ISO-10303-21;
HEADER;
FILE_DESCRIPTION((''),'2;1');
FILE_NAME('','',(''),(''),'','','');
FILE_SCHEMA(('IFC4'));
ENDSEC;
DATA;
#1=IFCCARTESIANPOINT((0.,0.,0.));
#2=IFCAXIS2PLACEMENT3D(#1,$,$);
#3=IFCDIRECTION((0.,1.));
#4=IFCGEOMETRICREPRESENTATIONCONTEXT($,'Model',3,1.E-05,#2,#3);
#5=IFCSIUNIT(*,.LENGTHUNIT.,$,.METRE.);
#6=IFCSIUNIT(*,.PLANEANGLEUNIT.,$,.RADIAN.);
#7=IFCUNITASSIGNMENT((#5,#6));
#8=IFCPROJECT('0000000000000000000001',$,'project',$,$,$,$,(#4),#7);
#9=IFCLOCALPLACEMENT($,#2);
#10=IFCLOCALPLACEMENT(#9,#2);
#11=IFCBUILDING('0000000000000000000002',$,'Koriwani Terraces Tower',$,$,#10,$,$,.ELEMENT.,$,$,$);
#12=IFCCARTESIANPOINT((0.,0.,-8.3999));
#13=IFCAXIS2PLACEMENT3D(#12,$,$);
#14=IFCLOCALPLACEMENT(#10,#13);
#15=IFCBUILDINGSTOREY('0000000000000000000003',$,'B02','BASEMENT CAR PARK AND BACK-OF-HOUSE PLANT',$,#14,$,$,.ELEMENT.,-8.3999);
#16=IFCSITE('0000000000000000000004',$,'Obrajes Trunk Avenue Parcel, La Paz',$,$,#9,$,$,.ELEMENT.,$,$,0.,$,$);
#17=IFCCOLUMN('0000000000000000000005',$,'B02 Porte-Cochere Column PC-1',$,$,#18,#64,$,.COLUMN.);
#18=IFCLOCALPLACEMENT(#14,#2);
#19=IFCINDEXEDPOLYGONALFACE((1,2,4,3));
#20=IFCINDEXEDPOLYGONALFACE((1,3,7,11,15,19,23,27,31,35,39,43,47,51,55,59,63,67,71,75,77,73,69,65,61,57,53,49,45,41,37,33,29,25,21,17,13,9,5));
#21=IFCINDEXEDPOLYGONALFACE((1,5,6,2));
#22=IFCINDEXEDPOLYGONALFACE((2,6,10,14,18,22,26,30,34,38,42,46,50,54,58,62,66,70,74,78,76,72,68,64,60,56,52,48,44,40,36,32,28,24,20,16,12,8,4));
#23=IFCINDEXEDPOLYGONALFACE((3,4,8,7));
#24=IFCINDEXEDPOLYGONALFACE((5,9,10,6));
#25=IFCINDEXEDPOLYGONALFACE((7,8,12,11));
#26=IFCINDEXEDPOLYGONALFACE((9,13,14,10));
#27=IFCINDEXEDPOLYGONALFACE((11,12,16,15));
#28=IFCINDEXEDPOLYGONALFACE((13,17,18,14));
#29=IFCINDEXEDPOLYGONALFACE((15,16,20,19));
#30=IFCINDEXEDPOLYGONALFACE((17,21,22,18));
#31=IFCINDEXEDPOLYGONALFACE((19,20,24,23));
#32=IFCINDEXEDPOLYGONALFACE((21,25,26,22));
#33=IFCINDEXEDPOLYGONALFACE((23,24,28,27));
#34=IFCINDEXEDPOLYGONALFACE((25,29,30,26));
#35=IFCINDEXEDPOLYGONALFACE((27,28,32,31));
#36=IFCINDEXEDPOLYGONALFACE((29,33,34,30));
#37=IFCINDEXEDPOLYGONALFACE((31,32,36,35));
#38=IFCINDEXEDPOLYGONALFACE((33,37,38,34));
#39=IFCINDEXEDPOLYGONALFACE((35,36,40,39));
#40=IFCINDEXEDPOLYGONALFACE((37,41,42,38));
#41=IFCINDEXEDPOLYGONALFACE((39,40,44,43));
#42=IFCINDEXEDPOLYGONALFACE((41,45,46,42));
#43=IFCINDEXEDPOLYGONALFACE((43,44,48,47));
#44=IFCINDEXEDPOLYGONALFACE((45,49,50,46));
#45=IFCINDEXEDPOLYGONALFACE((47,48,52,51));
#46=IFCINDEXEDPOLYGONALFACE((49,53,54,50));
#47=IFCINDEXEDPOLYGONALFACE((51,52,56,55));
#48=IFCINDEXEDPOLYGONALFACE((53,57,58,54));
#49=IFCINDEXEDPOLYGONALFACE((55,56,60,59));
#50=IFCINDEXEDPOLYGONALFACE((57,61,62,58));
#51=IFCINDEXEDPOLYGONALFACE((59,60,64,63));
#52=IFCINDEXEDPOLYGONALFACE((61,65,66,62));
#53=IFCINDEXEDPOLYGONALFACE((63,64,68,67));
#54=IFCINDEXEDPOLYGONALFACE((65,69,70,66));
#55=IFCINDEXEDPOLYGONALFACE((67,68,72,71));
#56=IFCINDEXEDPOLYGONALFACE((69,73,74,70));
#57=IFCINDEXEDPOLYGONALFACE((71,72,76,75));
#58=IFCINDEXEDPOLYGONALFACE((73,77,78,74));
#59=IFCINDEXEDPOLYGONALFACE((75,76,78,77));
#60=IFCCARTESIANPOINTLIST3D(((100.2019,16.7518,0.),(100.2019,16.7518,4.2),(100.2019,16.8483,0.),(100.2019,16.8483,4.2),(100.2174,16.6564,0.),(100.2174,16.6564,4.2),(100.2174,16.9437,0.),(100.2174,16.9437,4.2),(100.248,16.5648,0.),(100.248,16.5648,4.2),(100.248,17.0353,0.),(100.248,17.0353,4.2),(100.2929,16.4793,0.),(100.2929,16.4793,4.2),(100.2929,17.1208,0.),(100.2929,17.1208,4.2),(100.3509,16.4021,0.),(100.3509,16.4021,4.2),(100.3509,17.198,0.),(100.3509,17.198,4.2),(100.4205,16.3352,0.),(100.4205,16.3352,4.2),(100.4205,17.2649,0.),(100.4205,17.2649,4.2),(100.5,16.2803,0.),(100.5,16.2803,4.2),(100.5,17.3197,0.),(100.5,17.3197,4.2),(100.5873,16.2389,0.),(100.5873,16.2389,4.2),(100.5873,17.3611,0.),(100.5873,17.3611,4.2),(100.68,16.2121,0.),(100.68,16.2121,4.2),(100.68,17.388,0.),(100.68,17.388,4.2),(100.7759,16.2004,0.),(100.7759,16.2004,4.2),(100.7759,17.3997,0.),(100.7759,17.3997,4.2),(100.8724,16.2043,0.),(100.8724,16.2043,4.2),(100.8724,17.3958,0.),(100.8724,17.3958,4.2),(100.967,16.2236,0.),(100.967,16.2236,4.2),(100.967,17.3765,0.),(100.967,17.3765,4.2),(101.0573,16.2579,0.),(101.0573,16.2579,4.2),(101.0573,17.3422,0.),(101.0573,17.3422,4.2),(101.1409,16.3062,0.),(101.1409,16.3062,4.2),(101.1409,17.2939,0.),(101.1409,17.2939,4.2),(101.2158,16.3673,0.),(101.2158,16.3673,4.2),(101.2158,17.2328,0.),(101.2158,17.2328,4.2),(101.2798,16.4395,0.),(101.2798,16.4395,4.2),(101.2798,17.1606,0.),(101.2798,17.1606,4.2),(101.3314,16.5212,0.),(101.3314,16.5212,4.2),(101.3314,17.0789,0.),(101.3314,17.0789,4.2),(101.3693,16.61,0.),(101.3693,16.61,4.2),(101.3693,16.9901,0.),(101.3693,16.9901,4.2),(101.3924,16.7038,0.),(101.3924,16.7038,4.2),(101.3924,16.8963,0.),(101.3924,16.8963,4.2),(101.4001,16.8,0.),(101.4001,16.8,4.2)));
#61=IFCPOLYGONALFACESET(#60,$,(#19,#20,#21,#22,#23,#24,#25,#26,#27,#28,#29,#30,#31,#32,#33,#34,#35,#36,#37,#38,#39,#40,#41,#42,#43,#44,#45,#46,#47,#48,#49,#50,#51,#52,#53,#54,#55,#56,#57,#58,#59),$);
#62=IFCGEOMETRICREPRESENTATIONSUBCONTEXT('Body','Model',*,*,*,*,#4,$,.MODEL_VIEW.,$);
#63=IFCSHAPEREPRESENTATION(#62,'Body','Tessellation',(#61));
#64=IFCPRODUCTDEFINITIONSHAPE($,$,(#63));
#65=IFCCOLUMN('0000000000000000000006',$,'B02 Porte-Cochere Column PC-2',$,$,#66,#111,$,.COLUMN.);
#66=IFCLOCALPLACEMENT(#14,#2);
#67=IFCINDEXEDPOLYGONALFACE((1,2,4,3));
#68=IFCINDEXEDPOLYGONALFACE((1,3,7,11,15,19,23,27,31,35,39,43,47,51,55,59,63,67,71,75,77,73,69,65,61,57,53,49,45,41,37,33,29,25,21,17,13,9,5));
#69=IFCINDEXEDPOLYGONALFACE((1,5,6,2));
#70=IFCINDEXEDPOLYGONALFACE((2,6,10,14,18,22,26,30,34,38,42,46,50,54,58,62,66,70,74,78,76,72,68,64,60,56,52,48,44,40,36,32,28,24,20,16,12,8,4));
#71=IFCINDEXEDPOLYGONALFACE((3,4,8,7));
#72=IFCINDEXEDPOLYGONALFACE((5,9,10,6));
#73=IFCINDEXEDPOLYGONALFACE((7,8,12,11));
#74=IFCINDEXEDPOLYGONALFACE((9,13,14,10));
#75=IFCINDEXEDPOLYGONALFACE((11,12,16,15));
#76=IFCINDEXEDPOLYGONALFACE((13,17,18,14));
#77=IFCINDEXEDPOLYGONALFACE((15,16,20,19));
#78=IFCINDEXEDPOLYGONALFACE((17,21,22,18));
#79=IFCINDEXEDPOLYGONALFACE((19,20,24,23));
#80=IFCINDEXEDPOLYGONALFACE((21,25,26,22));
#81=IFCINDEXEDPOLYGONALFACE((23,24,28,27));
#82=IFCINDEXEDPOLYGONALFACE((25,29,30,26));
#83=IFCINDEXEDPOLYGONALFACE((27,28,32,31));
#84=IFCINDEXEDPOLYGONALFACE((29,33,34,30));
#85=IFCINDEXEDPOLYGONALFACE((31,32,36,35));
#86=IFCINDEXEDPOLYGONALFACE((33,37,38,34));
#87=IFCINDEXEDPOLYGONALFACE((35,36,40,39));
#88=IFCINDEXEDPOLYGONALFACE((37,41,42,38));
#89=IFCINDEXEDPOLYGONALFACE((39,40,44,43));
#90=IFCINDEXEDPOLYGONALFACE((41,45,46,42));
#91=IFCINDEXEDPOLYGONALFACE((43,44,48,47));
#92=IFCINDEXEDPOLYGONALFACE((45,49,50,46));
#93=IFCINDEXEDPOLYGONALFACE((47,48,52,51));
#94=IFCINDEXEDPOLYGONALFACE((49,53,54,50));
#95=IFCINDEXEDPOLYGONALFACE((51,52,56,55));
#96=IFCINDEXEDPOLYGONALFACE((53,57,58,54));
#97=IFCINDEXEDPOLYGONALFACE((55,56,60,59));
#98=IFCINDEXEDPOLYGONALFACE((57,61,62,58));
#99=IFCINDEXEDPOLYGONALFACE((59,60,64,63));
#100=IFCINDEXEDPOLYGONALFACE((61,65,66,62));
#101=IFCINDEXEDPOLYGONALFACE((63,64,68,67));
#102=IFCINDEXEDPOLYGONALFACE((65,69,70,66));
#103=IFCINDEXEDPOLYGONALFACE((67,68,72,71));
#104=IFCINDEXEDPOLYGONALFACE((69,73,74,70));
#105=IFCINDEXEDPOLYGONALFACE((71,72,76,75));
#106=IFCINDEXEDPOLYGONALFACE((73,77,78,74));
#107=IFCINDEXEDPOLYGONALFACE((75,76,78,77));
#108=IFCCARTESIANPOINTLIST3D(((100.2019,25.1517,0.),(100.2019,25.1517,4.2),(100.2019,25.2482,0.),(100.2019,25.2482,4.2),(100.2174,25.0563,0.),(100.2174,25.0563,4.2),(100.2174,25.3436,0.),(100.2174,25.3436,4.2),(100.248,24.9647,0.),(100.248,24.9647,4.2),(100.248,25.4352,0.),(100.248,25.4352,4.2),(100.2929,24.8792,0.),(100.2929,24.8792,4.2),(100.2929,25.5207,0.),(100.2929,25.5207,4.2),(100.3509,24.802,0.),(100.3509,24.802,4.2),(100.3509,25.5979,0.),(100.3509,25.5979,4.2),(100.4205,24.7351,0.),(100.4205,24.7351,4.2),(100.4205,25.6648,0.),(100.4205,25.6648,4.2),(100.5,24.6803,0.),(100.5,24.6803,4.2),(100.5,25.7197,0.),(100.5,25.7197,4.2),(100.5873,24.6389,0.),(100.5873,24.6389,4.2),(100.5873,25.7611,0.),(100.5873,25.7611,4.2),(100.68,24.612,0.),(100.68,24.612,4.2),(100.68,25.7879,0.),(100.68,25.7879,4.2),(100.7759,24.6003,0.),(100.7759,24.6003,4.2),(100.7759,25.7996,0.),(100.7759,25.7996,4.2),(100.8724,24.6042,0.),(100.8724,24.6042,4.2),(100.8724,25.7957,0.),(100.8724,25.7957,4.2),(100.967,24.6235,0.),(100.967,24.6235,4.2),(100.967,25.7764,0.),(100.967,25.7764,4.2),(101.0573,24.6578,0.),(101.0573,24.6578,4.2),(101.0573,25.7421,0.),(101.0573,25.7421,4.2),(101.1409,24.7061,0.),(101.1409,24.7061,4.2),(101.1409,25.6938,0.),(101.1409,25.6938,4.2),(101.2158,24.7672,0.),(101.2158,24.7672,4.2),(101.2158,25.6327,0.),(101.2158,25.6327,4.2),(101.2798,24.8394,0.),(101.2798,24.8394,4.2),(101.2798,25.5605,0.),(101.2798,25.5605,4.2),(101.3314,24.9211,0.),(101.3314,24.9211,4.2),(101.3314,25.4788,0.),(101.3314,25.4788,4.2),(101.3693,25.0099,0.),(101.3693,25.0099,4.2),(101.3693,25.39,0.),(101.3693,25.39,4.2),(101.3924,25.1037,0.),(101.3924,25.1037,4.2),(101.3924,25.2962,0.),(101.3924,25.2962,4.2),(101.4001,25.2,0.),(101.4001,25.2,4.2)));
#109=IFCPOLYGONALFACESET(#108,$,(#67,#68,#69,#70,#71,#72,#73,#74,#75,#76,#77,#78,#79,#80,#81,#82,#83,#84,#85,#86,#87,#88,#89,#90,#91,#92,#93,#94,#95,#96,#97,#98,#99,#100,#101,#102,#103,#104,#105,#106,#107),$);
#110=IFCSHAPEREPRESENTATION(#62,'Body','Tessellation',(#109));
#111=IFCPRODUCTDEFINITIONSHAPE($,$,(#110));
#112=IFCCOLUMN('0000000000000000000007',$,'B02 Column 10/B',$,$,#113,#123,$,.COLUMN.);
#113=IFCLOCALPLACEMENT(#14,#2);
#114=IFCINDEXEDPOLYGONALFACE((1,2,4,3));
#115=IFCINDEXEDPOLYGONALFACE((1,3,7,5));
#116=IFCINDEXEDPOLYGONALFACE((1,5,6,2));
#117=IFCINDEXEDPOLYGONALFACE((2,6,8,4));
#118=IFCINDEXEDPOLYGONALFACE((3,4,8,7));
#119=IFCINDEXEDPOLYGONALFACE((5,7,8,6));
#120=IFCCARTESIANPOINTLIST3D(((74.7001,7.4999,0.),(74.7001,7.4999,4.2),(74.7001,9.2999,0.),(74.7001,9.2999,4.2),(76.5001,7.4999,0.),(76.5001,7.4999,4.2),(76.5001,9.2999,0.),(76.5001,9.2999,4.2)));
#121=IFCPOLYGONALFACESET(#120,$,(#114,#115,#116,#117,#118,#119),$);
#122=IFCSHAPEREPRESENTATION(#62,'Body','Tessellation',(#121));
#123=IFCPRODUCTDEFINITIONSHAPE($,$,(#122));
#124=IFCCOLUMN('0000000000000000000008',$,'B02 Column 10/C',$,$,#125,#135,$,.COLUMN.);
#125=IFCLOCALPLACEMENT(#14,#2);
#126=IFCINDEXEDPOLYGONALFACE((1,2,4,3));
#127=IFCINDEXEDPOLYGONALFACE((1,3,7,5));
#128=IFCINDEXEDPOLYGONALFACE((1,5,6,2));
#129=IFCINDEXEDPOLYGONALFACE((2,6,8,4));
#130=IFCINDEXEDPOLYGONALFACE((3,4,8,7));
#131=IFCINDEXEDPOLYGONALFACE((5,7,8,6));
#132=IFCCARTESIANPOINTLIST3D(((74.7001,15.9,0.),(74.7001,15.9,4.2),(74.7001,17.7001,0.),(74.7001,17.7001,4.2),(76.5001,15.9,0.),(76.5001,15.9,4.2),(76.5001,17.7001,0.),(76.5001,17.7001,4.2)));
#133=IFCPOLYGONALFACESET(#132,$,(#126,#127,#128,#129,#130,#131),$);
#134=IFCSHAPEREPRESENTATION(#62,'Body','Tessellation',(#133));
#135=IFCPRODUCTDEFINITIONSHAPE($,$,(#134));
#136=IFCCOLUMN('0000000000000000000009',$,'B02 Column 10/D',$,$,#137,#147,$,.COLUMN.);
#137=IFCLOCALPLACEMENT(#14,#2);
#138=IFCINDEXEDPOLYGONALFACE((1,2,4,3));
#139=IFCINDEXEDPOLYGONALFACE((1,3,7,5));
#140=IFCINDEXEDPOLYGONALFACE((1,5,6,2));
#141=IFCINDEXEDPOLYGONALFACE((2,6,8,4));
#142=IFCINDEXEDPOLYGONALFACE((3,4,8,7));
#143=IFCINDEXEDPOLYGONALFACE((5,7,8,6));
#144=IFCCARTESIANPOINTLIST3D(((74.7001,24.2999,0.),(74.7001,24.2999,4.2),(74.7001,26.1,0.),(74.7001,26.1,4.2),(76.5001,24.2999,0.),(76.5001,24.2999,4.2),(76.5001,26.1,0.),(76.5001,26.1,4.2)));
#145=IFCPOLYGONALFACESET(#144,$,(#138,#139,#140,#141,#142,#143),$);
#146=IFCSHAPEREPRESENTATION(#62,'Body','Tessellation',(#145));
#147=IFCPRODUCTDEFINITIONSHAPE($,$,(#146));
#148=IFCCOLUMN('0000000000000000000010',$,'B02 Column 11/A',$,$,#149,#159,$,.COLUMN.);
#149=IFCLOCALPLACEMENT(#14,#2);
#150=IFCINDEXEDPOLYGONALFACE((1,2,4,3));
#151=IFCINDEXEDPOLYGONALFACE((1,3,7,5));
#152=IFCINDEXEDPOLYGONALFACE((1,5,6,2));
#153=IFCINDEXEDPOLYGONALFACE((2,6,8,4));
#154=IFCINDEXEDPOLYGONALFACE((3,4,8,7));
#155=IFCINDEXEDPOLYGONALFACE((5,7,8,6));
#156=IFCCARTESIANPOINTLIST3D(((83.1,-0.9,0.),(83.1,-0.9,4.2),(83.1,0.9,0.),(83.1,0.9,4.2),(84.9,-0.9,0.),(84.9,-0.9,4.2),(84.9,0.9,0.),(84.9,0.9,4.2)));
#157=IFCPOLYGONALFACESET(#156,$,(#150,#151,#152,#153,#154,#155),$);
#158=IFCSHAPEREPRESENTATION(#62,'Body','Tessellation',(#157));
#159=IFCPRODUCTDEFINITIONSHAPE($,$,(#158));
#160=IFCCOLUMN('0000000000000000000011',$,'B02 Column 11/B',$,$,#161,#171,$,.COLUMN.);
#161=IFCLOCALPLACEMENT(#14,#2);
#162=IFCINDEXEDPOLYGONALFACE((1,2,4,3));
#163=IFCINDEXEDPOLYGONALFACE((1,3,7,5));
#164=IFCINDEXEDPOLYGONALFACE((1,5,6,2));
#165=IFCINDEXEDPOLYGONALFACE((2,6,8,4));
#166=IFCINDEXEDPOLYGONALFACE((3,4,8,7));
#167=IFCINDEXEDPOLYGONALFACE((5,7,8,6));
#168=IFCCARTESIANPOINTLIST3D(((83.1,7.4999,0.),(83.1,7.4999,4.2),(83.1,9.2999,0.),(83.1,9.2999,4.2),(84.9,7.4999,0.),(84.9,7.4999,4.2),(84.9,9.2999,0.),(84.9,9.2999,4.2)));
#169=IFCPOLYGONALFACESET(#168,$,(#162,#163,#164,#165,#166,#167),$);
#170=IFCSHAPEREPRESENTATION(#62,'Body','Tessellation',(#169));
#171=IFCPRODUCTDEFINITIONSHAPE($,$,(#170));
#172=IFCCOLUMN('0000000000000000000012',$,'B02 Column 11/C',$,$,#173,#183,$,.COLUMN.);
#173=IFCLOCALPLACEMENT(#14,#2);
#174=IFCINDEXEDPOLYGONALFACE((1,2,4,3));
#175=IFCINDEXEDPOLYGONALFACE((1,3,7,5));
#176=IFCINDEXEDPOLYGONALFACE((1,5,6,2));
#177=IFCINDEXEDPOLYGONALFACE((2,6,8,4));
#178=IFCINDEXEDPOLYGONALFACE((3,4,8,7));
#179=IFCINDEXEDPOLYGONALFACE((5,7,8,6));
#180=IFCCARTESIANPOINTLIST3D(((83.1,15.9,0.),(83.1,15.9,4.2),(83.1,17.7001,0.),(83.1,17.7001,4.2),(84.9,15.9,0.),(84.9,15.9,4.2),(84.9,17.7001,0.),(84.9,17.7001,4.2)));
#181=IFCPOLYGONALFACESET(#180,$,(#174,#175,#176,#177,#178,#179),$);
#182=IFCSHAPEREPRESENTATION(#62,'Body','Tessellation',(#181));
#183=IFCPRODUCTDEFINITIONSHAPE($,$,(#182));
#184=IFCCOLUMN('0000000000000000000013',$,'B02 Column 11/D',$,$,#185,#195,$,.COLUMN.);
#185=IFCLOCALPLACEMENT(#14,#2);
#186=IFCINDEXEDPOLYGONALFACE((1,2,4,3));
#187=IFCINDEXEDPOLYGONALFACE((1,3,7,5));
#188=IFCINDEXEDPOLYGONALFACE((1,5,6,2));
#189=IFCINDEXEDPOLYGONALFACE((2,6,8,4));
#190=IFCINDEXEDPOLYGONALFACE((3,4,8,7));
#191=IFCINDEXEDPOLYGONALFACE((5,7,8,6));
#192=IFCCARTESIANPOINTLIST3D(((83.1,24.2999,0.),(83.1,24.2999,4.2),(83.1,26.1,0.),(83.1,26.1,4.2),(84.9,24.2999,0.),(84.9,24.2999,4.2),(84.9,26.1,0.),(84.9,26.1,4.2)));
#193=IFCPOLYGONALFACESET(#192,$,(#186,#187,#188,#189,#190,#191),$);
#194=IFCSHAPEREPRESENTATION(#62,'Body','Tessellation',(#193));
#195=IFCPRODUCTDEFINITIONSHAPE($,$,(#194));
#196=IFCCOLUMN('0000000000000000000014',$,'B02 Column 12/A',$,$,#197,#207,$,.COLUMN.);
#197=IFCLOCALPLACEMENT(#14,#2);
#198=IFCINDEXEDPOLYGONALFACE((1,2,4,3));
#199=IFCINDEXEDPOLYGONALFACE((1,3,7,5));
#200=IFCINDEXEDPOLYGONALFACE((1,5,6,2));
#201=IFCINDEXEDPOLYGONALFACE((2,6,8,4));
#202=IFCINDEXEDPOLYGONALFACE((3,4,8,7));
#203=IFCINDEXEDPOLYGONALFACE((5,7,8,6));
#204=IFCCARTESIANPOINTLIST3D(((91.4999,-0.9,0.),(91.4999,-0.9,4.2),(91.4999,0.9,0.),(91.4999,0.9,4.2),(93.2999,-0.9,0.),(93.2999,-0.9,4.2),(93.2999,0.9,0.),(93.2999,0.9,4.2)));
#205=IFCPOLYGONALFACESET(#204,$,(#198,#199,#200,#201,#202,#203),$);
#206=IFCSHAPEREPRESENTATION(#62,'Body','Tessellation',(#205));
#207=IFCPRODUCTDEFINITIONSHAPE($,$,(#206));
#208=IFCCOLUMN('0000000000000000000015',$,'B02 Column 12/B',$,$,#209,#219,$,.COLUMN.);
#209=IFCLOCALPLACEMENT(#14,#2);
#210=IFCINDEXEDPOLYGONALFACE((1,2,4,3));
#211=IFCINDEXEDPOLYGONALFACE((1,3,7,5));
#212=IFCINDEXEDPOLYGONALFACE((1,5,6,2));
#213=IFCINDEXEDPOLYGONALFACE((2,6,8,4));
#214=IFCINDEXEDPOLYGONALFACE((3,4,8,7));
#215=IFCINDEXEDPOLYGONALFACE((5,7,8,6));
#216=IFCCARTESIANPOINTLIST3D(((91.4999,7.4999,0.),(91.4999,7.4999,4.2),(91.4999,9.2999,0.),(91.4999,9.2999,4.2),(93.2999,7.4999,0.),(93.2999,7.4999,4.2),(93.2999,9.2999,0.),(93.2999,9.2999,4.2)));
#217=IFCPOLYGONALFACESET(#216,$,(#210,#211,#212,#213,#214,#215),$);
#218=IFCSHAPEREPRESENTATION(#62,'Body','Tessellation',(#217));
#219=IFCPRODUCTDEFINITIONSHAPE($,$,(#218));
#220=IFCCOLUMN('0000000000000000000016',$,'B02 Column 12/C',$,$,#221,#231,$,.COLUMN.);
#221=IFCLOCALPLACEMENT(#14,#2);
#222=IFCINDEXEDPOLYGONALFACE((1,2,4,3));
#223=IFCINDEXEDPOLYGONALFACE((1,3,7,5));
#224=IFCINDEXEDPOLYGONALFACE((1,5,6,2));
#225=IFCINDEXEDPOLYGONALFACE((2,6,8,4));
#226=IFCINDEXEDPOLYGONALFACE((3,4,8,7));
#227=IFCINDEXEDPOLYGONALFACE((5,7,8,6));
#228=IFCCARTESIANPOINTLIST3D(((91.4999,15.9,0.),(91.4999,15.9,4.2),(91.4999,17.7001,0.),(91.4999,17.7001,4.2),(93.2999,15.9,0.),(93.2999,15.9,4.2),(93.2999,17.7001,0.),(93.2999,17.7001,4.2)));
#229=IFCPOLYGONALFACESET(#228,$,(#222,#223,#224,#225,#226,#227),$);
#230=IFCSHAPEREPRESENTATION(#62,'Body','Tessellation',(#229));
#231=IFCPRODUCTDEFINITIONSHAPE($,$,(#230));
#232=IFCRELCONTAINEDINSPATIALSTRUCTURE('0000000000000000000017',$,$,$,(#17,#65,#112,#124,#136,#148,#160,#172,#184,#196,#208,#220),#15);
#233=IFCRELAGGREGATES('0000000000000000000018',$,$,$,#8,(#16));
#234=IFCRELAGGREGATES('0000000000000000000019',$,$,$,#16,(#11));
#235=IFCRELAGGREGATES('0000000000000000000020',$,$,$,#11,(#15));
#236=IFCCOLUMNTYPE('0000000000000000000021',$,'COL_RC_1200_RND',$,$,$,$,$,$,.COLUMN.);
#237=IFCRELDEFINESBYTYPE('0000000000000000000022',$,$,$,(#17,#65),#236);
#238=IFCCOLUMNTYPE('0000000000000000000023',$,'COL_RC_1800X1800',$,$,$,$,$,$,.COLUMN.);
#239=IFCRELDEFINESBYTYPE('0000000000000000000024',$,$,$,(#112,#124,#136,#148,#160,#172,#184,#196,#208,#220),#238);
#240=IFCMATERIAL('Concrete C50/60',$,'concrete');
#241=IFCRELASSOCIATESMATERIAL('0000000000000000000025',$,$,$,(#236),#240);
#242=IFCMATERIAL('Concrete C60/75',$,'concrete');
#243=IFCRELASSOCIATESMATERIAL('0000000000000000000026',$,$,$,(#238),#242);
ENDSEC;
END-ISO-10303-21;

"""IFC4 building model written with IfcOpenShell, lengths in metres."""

from ifc_helpers import new_model, si_unit, direction, frame, origin, origin_2d, place, context, subcontext, project, spatial, rectangle, circle, extrude, material, material_profile, profile_set, type_object, element, save


model = new_model("IFC4")

# Units and contexts
model_context = context("Model", 3, precision=1e-05, world=origin(), true_north=direction((0.0, 1.0)))
body_context = subcontext(model_context, "Body", "Model", "MODEL_VIEW")
ifc_project = project(units=[si_unit("LENGTHUNIT", "METRE"), si_unit("PLANEANGLEUNIT", "RADIAN")], contexts=[model_context])

# Site, building, storey
site_placement = place(None, origin())
site = spatial("IfcSite", under=ifc_project, at=site_placement, Name="Obrajes Trunk Avenue Parcel, La Paz", CompositionType="ELEMENT", RefElevation=0.0)
building_placement = place(site_placement, origin())
building = spatial("IfcBuilding", under=site, at=building_placement, Name="Koriwani Terraces Tower", CompositionType="ELEMENT")
storey_placement = place(building_placement, frame((0.0, 0.0, -8.3999)))
storey = spatial("IfcBuildingStorey", under=building, at=storey_placement, Name="B02", Description="BASEMENT CAR PARK AND BACK-OF-HOUSE PLANT", CompositionType="ELEMENT", Elevation=-8.3999)

# Columns
ifc_material_1 = material(Name="Concrete C50/60", Category="concrete")
ifc_material_profile_1 = material_profile(ifc_material_1, circle(Radius=0.6001, at=origin_2d()), Name="Concrete C50/60", Category="LoadBearing")
ifc_profile_set_1 = profile_set([ifc_material_profile_1], Name="Concrete C50/60")
column_type_1 = type_object("IfcColumnType", Name="COL_RC_1200_RND", PredefinedType="COLUMN", material=ifc_profile_set_1)
for number, where, z_axis, x_axis, name in (
    (1, (100.8, 16.8, 0.0), (0.0, 0.0, 1.0), (1.0, 0.0, 0.0), "B02 Porte-Cochere Column PC-1"),
    (2, (100.8, 25.2, 0.0), (0.0, 0.0, 1.0), (1.0, 0.0, 0.0), "B02 Porte-Cochere Column PC-2"),
):
    element("IfcColumn", number, at=place(storey_placement, frame(where, z_axis=z_axis, x_axis=x_axis)), inside=storey, type_object=column_type_1, Name=name, PredefinedType="COLUMN", context=body_context, shape_type="SweptSolid", body=[
        extrude(circle(Radius=0.6001, at=origin_2d()), origin(), (0.0, 0.0, 1.0), 4.2),
    ])
ifc_material_2 = material(Name="Concrete C60/75", Category="concrete")
ifc_material_profile_2 = material_profile(ifc_material_2, rectangle(XDim=1.8, YDim=1.8, at=origin_2d()), Name="Concrete C60/75", Category="LoadBearing")
ifc_profile_set_2 = profile_set([ifc_material_profile_2], Name="Concrete C60/75")
column_type_2 = type_object("IfcColumnType", Name="COL_RC_1800X1800", PredefinedType="COLUMN", material=ifc_profile_set_2)
for number, where, z_axis, x_axis, name in (
    (3, (75.6001, 8.3999, 0.0), (0.0, 0.0, 1.0), (1.0, 0.0, 0.0), "B02 Column 10/B"),
    (4, (75.6001, 16.8, 0.0), (0.0, 0.0, 1.0), (1.0, 0.0, 0.0), "B02 Column 10/C"),
    (5, (75.6001, 25.2, 0.0), (0.0, 0.0, 1.0), (1.0, 0.0, 0.0), "B02 Column 10/D"),
    (6, (84.0, 0.0, 0.0), (0.0, 0.0, 1.0), (1.0, 0.0, 0.0), "B02 Column 11/A"),
    (7, (84.0, 8.3999, 0.0), (0.0, 0.0, 1.0), (1.0, 0.0, 0.0), "B02 Column 11/B"),
    (8, (84.0, 16.8, 0.0), (0.0, 0.0, 1.0), (1.0, 0.0, 0.0), "B02 Column 11/C"),
    (9, (84.0, 25.2, 0.0), (0.0, 0.0, 1.0), (1.0, 0.0, 0.0), "B02 Column 11/D"),
    (10, (92.3999, 0.0, 0.0), (0.0, 0.0, 1.0), (1.0, 0.0, 0.0), "B02 Column 12/A"),
    (11, (92.3999, 8.3999, 0.0), (0.0, 0.0, 1.0), (1.0, 0.0, 0.0), "B02 Column 12/B"),
    (12, (92.3999, 16.8, 0.0), (0.0, 0.0, 1.0), (1.0, 0.0, 0.0), "B02 Column 12/C"),
):
    element("IfcColumn", number, at=place(storey_placement, frame(where, z_axis=z_axis, x_axis=x_axis)), inside=storey, type_object=column_type_2, Name=name, PredefinedType="COLUMN", context=body_context, shape_type="SweptSolid", body=[
        extrude(rectangle(XDim=1.8, YDim=1.8, at=origin_2d()), origin(), (0.0, 0.0, 1.0), 4.2),
    ])

save(model, "model.ifc")
